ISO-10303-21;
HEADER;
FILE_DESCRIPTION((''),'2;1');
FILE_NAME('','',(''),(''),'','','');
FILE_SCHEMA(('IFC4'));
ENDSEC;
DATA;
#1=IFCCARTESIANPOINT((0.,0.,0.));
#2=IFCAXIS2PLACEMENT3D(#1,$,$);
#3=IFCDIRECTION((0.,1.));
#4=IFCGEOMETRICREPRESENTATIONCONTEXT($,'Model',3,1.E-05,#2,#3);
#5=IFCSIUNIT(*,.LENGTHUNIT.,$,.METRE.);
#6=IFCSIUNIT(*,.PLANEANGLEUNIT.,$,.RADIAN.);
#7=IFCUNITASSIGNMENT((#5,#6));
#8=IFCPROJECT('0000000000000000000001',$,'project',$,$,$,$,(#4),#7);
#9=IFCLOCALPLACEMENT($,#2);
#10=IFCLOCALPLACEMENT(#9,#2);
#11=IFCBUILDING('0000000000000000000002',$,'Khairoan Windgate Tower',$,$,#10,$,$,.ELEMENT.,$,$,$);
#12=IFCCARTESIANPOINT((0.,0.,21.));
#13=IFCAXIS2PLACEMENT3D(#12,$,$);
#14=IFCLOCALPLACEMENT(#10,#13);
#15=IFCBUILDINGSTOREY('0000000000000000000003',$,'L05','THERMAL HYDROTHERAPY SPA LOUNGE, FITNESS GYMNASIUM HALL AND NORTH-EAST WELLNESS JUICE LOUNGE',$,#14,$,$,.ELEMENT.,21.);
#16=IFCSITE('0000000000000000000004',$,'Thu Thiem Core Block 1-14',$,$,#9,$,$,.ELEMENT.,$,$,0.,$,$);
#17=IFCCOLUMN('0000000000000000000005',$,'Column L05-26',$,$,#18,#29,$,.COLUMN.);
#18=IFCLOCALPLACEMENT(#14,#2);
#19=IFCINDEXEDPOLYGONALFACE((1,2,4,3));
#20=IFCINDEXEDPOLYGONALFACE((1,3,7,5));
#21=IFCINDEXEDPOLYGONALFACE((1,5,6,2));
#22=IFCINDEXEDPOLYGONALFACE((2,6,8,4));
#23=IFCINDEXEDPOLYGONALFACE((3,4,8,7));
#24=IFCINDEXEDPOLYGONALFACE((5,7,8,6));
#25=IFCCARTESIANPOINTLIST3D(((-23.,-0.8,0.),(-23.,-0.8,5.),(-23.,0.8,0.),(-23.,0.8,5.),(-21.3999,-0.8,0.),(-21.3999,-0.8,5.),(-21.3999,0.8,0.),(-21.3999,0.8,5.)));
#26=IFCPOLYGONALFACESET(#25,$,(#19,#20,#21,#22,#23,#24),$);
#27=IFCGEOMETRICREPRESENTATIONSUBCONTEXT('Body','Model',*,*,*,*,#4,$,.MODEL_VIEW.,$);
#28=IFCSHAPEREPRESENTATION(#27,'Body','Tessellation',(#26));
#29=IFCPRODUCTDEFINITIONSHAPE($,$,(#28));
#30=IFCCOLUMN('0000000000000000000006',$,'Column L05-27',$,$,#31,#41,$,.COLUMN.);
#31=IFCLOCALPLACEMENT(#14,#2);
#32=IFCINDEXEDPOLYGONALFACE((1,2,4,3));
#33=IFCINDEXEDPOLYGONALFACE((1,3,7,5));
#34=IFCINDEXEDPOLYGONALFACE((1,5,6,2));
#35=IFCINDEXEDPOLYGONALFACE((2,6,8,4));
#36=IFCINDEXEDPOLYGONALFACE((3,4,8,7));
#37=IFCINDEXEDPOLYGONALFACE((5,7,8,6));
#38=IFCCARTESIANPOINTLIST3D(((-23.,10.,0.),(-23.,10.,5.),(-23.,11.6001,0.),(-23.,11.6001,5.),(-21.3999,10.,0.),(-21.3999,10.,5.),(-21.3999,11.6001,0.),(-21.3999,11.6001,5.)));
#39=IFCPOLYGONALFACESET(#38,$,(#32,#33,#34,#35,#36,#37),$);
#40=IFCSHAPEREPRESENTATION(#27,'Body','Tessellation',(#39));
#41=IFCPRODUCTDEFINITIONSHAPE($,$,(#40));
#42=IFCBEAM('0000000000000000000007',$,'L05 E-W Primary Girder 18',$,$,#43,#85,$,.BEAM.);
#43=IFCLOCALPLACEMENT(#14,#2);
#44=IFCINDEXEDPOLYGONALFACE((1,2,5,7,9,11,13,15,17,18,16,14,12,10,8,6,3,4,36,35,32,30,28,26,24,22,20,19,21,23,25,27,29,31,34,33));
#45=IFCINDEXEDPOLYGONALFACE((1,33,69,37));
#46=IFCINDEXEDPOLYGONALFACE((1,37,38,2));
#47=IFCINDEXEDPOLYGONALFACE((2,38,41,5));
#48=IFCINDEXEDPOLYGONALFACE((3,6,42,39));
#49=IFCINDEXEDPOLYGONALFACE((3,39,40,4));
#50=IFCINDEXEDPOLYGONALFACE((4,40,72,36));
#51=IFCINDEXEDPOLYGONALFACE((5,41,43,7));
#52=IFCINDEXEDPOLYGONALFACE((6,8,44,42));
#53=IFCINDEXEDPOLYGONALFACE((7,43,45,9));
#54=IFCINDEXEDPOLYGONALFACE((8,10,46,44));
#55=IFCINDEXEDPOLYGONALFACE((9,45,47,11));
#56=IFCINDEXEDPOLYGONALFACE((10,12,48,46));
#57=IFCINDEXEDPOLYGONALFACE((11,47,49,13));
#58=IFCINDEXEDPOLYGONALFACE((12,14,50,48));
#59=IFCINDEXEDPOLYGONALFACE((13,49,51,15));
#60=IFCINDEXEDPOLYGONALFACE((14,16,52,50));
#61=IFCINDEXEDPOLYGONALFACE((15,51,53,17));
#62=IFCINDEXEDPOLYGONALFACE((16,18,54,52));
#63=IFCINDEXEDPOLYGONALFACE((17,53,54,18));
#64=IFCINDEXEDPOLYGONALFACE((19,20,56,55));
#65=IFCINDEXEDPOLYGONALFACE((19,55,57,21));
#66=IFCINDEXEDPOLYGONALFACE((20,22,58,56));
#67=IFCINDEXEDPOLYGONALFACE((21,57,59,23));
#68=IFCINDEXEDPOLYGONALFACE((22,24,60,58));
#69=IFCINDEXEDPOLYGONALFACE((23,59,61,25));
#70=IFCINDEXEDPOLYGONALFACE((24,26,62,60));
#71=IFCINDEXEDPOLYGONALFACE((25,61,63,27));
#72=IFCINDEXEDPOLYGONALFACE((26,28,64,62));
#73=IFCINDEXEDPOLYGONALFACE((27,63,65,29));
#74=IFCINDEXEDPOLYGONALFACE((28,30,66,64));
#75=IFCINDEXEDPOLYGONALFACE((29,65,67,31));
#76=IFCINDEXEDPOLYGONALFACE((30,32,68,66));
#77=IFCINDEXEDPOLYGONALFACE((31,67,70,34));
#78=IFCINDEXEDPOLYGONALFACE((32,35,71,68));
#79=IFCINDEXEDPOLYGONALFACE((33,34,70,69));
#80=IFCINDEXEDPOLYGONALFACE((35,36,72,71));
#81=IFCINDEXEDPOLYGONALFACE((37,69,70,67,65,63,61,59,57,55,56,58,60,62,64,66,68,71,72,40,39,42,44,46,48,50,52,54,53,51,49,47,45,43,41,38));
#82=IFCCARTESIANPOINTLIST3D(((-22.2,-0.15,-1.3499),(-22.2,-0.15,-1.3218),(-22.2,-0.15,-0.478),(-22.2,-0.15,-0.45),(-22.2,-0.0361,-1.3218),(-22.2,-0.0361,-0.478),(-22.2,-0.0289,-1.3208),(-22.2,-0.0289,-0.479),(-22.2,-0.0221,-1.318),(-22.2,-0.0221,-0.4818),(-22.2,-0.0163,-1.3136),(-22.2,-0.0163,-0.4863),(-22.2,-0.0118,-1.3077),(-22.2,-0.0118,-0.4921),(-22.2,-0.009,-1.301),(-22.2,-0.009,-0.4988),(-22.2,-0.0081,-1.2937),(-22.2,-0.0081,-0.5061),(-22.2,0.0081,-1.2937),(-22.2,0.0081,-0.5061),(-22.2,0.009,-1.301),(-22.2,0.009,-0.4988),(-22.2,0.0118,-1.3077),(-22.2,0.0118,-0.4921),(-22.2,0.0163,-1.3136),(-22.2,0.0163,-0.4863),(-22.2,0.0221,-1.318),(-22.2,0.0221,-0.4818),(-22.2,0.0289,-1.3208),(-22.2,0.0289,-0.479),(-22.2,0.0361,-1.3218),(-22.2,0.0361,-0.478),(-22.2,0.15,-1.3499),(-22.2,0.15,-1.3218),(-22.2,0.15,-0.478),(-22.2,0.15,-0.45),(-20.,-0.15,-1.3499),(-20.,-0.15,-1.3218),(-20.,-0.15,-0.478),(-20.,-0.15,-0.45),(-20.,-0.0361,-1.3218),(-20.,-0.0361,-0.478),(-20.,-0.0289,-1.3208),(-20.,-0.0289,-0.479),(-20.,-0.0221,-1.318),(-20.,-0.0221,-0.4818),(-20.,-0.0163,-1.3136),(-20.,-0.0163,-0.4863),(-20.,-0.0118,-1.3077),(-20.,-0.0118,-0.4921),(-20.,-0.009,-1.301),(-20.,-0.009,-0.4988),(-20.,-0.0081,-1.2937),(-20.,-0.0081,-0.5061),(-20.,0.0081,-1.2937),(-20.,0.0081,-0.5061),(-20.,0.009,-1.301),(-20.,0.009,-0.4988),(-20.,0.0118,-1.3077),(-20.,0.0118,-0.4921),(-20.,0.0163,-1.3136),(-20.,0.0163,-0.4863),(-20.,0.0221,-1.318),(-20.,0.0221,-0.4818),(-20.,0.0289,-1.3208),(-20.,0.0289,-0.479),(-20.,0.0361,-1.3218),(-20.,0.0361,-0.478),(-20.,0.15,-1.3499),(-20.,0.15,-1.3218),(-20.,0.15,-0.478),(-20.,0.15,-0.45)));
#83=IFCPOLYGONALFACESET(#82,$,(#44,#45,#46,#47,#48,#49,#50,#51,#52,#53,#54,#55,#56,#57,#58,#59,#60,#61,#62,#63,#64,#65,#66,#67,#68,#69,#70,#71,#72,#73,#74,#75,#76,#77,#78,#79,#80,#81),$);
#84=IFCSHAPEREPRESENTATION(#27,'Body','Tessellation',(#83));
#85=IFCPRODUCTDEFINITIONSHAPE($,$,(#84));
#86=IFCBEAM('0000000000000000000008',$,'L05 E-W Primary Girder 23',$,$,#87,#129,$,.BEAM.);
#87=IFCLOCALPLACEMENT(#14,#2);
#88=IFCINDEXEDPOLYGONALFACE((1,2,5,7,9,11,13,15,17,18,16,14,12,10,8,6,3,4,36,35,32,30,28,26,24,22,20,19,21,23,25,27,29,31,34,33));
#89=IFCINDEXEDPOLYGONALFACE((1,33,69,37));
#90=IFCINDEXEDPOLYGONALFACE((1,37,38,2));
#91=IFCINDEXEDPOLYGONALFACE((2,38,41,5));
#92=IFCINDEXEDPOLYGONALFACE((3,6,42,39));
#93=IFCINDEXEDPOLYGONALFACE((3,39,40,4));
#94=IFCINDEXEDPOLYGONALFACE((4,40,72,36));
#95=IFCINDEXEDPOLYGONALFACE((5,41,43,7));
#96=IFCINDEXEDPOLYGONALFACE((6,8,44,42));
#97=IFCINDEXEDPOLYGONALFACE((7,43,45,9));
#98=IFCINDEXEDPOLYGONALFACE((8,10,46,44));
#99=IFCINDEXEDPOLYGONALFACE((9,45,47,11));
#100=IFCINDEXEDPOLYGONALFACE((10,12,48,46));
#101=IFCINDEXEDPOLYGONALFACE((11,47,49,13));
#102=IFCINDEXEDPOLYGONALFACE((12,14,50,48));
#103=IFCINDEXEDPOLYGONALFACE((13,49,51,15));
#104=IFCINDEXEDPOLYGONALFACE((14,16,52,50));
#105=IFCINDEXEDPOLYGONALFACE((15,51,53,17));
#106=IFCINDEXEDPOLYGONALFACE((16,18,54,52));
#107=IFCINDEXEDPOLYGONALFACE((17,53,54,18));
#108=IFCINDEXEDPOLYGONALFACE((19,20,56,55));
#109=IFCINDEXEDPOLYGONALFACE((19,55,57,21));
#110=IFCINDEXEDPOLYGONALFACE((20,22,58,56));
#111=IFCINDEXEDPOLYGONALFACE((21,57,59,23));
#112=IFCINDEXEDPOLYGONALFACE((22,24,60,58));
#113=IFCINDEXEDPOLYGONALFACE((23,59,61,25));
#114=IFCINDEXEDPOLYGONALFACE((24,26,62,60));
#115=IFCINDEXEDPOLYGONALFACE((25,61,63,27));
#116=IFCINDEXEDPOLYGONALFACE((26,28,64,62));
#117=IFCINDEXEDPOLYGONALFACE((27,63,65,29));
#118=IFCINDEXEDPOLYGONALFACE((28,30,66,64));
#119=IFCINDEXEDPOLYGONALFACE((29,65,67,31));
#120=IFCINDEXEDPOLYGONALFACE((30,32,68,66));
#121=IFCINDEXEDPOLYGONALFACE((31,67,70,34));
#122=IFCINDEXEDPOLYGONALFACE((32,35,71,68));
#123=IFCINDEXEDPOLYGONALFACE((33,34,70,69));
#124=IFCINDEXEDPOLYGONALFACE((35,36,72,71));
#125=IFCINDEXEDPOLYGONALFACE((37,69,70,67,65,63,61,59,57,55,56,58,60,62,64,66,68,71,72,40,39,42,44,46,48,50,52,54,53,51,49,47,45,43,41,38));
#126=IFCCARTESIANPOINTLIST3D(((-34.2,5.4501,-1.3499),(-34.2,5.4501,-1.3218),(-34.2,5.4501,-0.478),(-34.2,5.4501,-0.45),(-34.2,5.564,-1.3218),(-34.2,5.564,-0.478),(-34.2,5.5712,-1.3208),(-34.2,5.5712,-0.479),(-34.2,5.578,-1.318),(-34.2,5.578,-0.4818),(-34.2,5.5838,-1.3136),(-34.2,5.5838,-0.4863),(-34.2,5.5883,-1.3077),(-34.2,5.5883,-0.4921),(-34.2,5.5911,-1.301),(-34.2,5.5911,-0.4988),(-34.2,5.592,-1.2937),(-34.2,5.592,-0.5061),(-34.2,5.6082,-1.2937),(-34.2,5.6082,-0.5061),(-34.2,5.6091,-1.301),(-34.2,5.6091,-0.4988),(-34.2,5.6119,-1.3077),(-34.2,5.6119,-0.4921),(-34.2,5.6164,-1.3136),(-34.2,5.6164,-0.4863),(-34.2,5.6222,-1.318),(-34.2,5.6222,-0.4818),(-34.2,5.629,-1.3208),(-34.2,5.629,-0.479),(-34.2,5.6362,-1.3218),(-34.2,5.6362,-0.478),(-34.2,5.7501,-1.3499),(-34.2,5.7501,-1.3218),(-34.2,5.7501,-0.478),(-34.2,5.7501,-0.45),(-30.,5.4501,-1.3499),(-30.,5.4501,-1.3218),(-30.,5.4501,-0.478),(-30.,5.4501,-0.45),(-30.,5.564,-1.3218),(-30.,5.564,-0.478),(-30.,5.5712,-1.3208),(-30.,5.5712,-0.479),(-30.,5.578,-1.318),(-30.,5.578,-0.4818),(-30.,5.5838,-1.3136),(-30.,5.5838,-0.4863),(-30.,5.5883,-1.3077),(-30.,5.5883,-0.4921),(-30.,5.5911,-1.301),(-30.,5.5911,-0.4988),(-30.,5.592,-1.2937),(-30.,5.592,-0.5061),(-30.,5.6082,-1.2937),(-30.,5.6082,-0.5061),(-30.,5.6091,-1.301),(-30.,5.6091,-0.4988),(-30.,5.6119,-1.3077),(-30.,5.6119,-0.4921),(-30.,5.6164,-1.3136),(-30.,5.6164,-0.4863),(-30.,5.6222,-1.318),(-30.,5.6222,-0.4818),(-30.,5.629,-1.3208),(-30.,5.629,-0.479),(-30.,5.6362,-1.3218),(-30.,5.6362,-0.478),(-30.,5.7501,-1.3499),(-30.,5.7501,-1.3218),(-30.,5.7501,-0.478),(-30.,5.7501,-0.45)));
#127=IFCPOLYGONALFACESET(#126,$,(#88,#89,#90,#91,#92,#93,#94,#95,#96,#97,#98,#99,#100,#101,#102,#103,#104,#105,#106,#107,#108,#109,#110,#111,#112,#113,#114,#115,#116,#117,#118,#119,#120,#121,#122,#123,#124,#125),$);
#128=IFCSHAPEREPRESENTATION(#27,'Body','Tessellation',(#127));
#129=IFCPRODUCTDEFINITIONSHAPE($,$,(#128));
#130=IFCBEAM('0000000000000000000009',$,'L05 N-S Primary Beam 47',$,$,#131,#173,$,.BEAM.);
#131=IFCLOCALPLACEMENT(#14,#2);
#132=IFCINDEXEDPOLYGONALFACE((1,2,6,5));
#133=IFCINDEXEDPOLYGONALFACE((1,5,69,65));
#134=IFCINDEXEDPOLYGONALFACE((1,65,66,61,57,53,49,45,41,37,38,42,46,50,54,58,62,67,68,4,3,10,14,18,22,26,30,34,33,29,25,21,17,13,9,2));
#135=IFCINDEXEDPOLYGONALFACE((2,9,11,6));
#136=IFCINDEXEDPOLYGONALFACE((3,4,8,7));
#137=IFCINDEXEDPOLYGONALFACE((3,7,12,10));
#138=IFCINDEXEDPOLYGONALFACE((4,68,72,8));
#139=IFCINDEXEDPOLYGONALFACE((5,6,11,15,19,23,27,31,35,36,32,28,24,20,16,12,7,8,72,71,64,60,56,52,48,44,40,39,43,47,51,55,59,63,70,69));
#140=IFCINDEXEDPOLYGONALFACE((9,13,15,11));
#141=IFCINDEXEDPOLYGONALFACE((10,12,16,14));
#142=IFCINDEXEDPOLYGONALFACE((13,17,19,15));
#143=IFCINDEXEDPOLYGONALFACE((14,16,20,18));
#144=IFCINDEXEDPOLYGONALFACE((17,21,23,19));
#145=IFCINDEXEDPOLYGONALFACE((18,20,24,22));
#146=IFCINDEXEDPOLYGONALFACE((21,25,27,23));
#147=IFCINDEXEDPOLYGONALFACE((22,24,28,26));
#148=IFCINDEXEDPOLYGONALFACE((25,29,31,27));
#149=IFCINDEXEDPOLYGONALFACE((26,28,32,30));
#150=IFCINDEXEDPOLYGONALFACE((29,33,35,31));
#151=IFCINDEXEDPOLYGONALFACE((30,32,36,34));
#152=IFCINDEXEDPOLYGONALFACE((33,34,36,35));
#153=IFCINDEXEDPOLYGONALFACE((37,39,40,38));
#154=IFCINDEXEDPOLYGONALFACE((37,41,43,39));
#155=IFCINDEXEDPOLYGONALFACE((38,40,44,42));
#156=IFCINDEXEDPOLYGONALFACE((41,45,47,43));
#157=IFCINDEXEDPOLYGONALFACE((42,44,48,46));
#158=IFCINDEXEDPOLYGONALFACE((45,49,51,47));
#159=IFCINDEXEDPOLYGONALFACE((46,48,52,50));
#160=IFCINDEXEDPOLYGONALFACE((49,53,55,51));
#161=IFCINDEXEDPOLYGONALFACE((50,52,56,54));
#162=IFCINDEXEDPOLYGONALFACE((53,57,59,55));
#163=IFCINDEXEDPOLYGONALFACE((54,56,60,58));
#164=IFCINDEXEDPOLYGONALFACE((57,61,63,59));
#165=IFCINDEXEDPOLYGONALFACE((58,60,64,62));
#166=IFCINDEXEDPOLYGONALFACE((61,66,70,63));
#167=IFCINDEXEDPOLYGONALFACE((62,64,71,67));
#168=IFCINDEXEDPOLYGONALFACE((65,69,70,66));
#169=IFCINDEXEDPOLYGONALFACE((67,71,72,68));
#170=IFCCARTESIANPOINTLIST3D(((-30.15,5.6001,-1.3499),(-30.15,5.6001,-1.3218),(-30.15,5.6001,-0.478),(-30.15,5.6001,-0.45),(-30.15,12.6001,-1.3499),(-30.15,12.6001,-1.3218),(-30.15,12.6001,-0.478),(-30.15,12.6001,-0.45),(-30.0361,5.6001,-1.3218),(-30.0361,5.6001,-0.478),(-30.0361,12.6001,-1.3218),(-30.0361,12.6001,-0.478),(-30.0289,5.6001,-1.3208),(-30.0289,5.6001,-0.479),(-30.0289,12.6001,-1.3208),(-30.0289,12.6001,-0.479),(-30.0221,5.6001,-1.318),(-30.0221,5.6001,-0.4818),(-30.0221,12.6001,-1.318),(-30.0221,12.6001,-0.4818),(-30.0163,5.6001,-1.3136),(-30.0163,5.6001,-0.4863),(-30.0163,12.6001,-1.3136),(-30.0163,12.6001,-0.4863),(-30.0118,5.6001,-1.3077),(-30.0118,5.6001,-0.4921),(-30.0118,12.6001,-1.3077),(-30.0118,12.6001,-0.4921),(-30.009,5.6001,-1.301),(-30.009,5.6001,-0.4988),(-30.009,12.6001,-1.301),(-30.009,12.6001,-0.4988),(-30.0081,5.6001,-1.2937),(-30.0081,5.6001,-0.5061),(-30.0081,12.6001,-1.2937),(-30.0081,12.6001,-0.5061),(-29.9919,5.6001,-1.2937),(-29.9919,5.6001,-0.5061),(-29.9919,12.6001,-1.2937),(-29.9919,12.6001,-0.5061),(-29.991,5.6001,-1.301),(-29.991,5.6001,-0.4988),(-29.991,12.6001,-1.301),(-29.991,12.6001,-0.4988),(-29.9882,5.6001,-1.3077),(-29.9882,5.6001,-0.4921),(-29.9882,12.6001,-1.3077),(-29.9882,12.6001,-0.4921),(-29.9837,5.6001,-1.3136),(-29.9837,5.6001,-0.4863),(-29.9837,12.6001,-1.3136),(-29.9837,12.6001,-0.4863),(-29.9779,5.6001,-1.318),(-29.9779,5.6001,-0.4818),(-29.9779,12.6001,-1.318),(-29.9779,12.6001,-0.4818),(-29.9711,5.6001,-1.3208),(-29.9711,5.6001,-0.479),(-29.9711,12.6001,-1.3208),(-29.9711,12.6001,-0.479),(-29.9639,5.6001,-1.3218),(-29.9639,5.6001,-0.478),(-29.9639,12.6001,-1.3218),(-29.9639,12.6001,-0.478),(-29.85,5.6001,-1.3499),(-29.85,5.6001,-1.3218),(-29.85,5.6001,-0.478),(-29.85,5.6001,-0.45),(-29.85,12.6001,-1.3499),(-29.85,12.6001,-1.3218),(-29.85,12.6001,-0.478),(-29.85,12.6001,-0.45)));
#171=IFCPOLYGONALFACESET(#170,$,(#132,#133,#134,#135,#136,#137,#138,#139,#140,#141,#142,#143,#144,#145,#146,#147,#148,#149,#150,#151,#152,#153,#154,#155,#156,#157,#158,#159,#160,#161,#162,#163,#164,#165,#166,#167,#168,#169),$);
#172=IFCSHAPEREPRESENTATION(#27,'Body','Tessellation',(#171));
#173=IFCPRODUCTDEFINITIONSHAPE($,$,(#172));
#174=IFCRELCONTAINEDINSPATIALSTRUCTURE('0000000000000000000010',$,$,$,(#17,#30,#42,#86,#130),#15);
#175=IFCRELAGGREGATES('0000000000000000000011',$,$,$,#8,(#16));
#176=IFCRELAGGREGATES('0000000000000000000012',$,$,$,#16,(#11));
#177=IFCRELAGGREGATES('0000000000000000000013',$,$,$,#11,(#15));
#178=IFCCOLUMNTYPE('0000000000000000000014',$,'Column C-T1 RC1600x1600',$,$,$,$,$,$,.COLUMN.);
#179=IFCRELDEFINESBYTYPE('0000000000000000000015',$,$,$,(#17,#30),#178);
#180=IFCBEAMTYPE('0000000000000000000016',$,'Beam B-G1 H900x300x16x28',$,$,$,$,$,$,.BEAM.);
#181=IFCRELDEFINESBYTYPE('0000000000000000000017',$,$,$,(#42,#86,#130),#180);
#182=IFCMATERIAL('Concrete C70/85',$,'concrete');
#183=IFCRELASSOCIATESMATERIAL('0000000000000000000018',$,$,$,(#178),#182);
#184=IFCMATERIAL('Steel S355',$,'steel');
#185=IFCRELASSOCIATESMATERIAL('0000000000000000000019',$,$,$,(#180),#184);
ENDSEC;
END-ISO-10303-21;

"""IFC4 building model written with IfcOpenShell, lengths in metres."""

from ifc_helpers import new_model, si_unit, direction, frame, origin, origin_2d, place, context, subcontext, project, spatial, rectangle, i_section, extrude, material, material_profile, profile_set, type_object, element, save


model = new_model("IFC4")

# Units and contexts
model_context = context("Model", 3, precision=1e-05, world=origin(), true_north=direction((0.0, 1.0)))
body_context = subcontext(model_context, "Body", "Model", "MODEL_VIEW")
ifc_project = project(units=[si_unit("LENGTHUNIT", "METRE"), si_unit("PLANEANGLEUNIT", "RADIAN")], contexts=[model_context])

# Site, building, storey
site_placement = place(None, origin())
site = spatial("IfcSite", under=ifc_project, at=site_placement, Name="Thu Thiem Core Block 1-14", CompositionType="ELEMENT", RefElevation=0.0)
building_placement = place(site_placement, origin())
building = spatial("IfcBuilding", under=site, at=building_placement, Name="Khairoan Windgate Tower", CompositionType="ELEMENT")
storey_placement = place(building_placement, frame((0.0, 0.0, 21.0)))
storey = spatial("IfcBuildingStorey", under=building, at=storey_placement, Name="L05", Description="THERMAL HYDROTHERAPY SPA LOUNGE, FITNESS GYMNASIUM HALL AND NORTH-EAST WELLNESS JUICE LOUNGE", CompositionType="ELEMENT", Elevation=21.0)

# Columns
ifc_material_1 = material(Name="Concrete C70/85", Category="concrete")
ifc_material_profile_1 = material_profile(ifc_material_1, rectangle(XDim=1.6001, YDim=1.6001, at=origin_2d()))
ifc_profile_set_1 = profile_set([ifc_material_profile_1], Name="Concrete C70/85")
column_type = type_object("IfcColumnType", Name="Column C-T1 RC1600x1600", PredefinedType="COLUMN", material=ifc_profile_set_1)
for number, where, z_axis, x_axis, name in (
    (1, (-22.2, 0.0, 0.0), (0.0, 0.0, 1.0), (1.0, 0.0, 0.0), "Column L05-26"),
    (2, (-22.2, 10.8, 0.0), (0.0, 0.0, 1.0), (1.0, 0.0, 0.0), "Column L05-27"),
):
    element("IfcColumn", number, at=place(storey_placement, frame(where, z_axis=z_axis, x_axis=x_axis)), inside=storey, type_object=column_type, Name=name, PredefinedType="COLUMN", context=body_context, shape_type="SweptSolid", body=[
        extrude(rectangle(XDim=1.6001, YDim=1.6001, at=origin_2d()), origin(), (0.0, 0.0, 1.0), 5.0),
    ])

# Beams
ifc_material_2 = material(Name="Steel S355", Category="steel")
ifc_material_profile_2 = material_profile(ifc_material_2, i_section(OverallWidth=0.3, OverallDepth=0.8999, WebThickness=0.0161, FlangeThickness=0.0281, FilletRadius=0.0281, at=origin_2d()))
ifc_profile_set_2 = profile_set([ifc_material_profile_2], Name="Steel S355")
beam_type_1 = type_object("IfcBeamType", Name="Beam B-G1 H900x300x16x28", PredefinedType="BEAM", material=ifc_profile_set_2)
beam_1_placement = place(storey_placement, frame((-22.2, 0.0, -0.8999), z_axis=(1.0, 0.0, 0.0), x_axis=(0.0, 1.0, 0.0)))
element("IfcBeam", 3, at=beam_1_placement, inside=storey, type_object=beam_type_1, Name="L05 E-W Primary Girder 18", PredefinedType="BEAM", context=body_context, shape_type="SweptSolid", body=[
    extrude(i_section(OverallWidth=0.3, OverallDepth=0.8999, WebThickness=0.0161, FlangeThickness=0.0281, FilletRadius=0.0281, at=origin_2d()), origin(), (0.0, 0.0, 1.0), 2.2),
])
beam_2_placement = place(storey_placement, frame((-34.2, 5.6001, -0.8999), z_axis=(1.0, 0.0, 0.0), x_axis=(0.0, 1.0, 0.0)))
element("IfcBeam", 4, at=beam_2_placement, inside=storey, type_object=beam_type_1, Name="L05 E-W Primary Girder 23", PredefinedType="BEAM", context=body_context, shape_type="SweptSolid", body=[
    extrude(i_section(OverallWidth=0.3, OverallDepth=0.8999, WebThickness=0.0161, FlangeThickness=0.0281, FilletRadius=0.0281, at=origin_2d()), origin(), (0.0, 0.0, 1.0), 4.2),
])
beam_3_placement = place(storey_placement, frame((-30.0, 5.6001, -0.8999), z_axis=(0.0, 1.0, 0.0), x_axis=(-1.0, 0.0, 0.0)))
element("IfcBeam", 5, at=beam_3_placement, inside=storey, type_object=beam_type_1, Name="L05 N-S Primary Beam 47", PredefinedType="BEAM", context=body_context, shape_type="SweptSolid", body=[
    extrude(i_section(OverallWidth=0.3, OverallDepth=0.8999, WebThickness=0.0161, FlangeThickness=0.0281, FilletRadius=0.0281, at=origin_2d()), origin(), (0.0, 0.0, 1.0), 7.0),
])

save(model, "model.ifc")
